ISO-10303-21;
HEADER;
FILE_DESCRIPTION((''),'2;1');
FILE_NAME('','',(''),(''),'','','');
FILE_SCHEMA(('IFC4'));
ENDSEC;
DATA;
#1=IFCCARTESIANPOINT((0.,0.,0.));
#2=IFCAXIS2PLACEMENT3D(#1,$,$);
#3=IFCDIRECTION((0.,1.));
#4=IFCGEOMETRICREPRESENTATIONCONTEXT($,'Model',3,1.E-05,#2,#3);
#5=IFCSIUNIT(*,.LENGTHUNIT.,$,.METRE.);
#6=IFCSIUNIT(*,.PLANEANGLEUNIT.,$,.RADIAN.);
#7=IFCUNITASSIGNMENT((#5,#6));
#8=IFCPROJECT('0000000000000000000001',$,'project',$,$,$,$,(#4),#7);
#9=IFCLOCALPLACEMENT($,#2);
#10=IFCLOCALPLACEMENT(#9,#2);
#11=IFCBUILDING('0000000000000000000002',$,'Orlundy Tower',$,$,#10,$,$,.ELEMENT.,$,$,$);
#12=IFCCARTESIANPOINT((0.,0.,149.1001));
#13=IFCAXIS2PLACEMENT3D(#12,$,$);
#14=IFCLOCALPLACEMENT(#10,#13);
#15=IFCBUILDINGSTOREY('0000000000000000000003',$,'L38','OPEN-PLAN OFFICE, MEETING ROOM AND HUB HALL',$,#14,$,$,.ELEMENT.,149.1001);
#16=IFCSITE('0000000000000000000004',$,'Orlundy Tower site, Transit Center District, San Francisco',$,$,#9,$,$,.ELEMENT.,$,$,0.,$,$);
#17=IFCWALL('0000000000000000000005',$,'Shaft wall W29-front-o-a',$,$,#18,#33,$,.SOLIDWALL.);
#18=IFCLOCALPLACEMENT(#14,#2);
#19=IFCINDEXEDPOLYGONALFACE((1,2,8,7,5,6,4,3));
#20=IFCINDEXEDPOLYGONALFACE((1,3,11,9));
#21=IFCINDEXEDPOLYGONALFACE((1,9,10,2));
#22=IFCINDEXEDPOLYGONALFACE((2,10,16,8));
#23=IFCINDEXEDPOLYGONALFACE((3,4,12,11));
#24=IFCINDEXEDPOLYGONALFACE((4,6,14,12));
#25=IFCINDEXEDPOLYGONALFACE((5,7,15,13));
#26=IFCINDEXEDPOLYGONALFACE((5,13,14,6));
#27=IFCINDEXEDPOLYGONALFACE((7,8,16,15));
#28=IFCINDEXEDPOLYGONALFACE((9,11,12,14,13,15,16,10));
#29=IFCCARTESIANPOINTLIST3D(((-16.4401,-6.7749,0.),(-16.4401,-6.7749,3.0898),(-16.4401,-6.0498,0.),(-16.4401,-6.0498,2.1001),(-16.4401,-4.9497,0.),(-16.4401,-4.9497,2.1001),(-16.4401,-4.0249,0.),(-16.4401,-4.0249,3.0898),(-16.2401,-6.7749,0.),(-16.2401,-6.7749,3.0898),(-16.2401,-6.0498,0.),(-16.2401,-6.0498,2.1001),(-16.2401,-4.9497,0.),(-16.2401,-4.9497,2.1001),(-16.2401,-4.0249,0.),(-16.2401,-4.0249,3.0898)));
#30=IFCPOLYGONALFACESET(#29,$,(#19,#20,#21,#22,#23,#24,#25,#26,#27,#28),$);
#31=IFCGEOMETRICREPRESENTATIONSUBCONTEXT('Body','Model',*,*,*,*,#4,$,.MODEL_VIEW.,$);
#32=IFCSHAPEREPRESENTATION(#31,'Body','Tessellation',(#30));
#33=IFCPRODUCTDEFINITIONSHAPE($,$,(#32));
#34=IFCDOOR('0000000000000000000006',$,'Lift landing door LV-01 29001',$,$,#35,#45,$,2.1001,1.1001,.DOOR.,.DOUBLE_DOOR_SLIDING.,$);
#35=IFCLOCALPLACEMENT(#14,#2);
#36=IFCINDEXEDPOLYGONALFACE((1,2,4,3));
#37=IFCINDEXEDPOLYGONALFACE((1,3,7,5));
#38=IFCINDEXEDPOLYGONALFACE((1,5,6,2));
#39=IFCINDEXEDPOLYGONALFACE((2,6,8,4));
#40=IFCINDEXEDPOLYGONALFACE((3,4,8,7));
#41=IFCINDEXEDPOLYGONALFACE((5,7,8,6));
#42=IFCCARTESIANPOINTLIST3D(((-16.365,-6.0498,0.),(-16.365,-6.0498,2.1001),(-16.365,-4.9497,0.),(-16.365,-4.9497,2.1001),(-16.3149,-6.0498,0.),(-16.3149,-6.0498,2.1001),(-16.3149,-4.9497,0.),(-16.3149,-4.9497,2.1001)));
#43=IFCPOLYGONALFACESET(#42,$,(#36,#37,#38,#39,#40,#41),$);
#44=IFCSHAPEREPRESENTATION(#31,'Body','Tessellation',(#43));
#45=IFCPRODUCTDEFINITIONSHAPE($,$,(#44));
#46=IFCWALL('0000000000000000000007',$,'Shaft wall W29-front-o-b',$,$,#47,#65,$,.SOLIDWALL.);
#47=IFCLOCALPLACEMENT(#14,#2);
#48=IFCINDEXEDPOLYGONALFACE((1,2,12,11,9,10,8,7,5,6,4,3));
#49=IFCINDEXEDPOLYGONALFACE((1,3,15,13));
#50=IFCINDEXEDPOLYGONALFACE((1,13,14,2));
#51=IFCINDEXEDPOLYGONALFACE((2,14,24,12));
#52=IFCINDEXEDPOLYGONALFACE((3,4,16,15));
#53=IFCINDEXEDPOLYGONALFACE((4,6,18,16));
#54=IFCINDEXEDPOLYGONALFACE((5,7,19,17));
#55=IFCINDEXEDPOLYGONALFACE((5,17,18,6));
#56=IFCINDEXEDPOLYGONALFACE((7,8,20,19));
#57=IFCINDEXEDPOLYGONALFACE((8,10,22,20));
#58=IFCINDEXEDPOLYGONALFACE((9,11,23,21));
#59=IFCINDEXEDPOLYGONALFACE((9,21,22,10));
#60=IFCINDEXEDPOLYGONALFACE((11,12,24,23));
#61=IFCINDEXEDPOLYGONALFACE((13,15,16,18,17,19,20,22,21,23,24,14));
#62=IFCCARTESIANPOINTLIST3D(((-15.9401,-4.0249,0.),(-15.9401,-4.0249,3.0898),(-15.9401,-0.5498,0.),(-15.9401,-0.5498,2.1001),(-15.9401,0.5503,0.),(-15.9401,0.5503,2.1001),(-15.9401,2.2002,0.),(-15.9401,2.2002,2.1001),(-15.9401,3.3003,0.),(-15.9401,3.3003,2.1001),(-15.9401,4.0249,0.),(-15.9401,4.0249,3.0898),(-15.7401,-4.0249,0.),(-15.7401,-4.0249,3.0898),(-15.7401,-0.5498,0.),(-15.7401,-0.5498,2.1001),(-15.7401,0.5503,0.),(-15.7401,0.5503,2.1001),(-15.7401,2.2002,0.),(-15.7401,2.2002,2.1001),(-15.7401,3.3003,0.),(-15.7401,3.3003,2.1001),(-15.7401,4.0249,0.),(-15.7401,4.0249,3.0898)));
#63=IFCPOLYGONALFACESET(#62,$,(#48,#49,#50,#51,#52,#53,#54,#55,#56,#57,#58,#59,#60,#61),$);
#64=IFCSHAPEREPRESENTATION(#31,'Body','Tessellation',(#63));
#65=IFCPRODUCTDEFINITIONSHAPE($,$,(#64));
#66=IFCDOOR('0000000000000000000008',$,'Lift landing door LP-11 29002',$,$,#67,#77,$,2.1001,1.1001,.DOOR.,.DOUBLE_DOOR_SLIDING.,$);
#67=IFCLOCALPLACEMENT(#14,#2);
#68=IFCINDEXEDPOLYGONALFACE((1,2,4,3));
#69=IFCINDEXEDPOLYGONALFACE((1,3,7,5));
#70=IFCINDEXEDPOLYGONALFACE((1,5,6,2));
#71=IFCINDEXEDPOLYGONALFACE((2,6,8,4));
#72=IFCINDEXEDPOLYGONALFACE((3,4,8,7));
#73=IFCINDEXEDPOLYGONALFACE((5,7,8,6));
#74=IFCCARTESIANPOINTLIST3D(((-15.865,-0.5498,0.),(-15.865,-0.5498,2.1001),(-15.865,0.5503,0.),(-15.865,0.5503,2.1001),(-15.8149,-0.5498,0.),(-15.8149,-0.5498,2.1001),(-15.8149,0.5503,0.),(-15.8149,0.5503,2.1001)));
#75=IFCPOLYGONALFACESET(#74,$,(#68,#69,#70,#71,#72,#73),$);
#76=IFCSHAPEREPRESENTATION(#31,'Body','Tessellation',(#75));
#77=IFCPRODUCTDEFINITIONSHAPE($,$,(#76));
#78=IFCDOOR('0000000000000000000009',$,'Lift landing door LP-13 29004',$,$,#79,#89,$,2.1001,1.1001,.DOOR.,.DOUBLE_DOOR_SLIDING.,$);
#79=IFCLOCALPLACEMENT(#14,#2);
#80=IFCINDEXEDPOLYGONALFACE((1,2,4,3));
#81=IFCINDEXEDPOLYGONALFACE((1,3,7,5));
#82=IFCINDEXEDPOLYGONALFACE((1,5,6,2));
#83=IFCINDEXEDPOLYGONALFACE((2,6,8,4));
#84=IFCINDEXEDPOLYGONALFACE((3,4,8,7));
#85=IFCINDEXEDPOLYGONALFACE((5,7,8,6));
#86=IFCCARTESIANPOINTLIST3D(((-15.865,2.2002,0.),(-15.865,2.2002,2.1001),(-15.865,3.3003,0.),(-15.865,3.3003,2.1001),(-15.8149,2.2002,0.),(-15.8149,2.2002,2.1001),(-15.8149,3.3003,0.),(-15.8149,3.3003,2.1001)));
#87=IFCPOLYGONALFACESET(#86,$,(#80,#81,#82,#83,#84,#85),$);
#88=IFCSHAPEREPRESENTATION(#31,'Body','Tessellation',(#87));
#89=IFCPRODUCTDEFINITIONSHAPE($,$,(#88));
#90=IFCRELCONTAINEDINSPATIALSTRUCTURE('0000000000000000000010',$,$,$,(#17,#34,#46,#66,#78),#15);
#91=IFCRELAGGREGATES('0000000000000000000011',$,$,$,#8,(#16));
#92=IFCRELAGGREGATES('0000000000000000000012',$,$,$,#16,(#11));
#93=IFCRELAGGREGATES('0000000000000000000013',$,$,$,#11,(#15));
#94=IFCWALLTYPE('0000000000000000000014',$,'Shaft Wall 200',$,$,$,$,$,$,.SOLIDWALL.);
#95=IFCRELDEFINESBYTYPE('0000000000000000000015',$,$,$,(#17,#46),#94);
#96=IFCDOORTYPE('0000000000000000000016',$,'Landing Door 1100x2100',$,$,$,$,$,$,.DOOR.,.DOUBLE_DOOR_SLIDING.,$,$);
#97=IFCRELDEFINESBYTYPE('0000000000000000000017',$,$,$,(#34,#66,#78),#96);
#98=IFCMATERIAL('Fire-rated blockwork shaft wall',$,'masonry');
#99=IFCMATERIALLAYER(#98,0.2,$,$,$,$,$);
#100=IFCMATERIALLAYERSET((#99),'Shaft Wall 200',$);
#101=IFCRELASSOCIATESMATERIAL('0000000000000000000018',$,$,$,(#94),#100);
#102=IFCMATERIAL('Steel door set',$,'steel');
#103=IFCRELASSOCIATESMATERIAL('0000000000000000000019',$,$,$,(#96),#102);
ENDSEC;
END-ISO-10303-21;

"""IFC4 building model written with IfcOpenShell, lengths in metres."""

from ifc_helpers import new_model, si_unit, direction, frame, frame_2d, origin, place, context, subcontext, project, spatial, rectangle, extrude, material, layer, layer_set, type_object, element, fill, save


model = new_model("IFC4")

# Units and contexts
model_context = context("Model", 3, precision=1e-05, world=origin(), true_north=direction((0.0, 1.0)))
body_context = subcontext(model_context, "Body", "Model", "MODEL_VIEW")
ifc_project = project(units=[si_unit("LENGTHUNIT", "METRE"), si_unit("PLANEANGLEUNIT", "RADIAN")], contexts=[model_context])

# Site, building, storey
site_placement = place(None, origin())
site = spatial("IfcSite", under=ifc_project, at=site_placement, Name="Orlundy Tower site, Transit Center District, San Francisco", CompositionType="ELEMENT", RefElevation=0.0)
building_placement = place(site_placement, origin())
building = spatial("IfcBuilding", under=site, at=building_placement, Name="Orlundy Tower", CompositionType="ELEMENT")
storey_placement = place(building_placement, frame((0.0, 0.0, 149.1001)))
storey = spatial("IfcBuildingStorey", under=building, at=storey_placement, Name="L38", Description="OPEN-PLAN OFFICE, MEETING ROOM AND HUB HALL", CompositionType="ELEMENT", Elevation=149.1001)

# Wall, opening, door
ifc_material_1 = material(Name="Fire-rated blockwork shaft wall", Category="masonry")
ifc_layer_1 = layer(ifc_material_1, 0.2)
ifc_layer_set_1 = layer_set([ifc_layer_1], Name="Shaft Wall 200")
wall_type = type_object("IfcWallType", Name="Shaft Wall 200", PredefinedType="SOLIDWALL", material=ifc_layer_set_1)
wall_1_placement = place(storey_placement, frame((-16.3401, -6.7749, 0.0), z_axis=(0.0, 0.0, 1.0), x_axis=(0.0, 1.0, 0.0)))
wall_1 = element("IfcWall", 1, at=wall_1_placement, inside=storey, type_object=wall_type, Name="Shaft wall W29-front-o-a", PredefinedType="SOLIDWALL", context=body_context, shape_type="SweptSolid", body=[
    extrude(rectangle(XDim=2.75, YDim=0.2, at=frame_2d((1.375, 0.0))), origin(), (0.0, 0.0, 1.0), 3.0898),
])
opening_1_placement = place(wall_1_placement, frame((0.7251, 0.0, 0.0)))
opening_1 = element("IfcOpeningElement", 2, at=opening_1_placement, cuts=wall_1, PredefinedType="OPENING", context=body_context, shape_type="SweptSolid", body=[
    extrude(rectangle(XDim=1.1001, YDim=2.1001, at=frame_2d((0.55, 1.05))), frame((0.0, 0.1101, 0.0), z_axis=(0.0, -1.0, 0.0), x_axis=(1.0, 0.0, 0.0)), (0.0, 0.0, 1.0), 0.2202),
])
ifc_material_2 = material(Name="Steel door set", Category="steel")
door_type = type_object("IfcDoorType", Name="Landing Door 1100x2100", OperationType="DOUBLE_DOOR_SLIDING", PredefinedType="DOOR", material=ifc_material_2)
door_1_placement = place(opening_1_placement, origin())
door_1 = element("IfcDoor", 3, at=door_1_placement, inside=storey, type_object=door_type, Name="Lift landing door LV-01 29001", OperationType="DOUBLE_DOOR_SLIDING", OverallHeight=2.1001, OverallWidth=1.1001, PredefinedType="DOOR", context=body_context, shape_type="SweptSolid", body=[
    extrude(rectangle(XDim=1.1001, YDim=2.1001, at=frame_2d((0.55, 1.05))), frame((0.0, 0.0249, 0.0), z_axis=(0.0, -1.0, 0.0), x_axis=(1.0, 0.0, 0.0)), (0.0, 0.0, 1.0), 0.05),
])
fill(opening_1, door_1)

# Wall, openings, doors
wall_2_placement = place(storey_placement, frame((-15.8401, -4.0249, 0.0), z_axis=(0.0, 0.0, 1.0), x_axis=(0.0, 1.0, 0.0)))
wall_2 = element("IfcWall", 4, at=wall_2_placement, inside=storey, type_object=wall_type, Name="Shaft wall W29-front-o-b", PredefinedType="SOLIDWALL", context=body_context, shape_type="SweptSolid", body=[
    extrude(rectangle(XDim=8.0498, YDim=0.2, at=frame_2d((4.0249, 0.0))), origin(), (0.0, 0.0, 1.0), 3.0898),
])
opening_2_placement = place(wall_2_placement, frame((3.4751, 0.0, 0.0)))
opening_2 = element("IfcOpeningElement", 5, at=opening_2_placement, cuts=wall_2, PredefinedType="OPENING", context=body_context, shape_type="SweptSolid", body=[
    extrude(rectangle(XDim=1.1001, YDim=2.1001, at=frame_2d((0.55, 1.05))), frame((0.0, 0.1101, 0.0), z_axis=(0.0, -1.0, 0.0), x_axis=(1.0, 0.0, 0.0)), (0.0, 0.0, 1.0), 0.2202),
])
opening_3_placement = place(wall_2_placement, frame((6.2251, 0.0, 0.0)))
opening_3 = element("IfcOpeningElement", 6, at=opening_3_placement, cuts=wall_2, PredefinedType="OPENING", context=body_context, shape_type="SweptSolid", body=[
    extrude(rectangle(XDim=1.1001, YDim=2.1001, at=frame_2d((0.55, 1.05))), frame((0.0, 0.1101, 0.0), z_axis=(0.0, -1.0, 0.0), x_axis=(1.0, 0.0, 0.0)), (0.0, 0.0, 1.0), 0.2202),
])
door_2_placement = place(opening_2_placement, origin())
door_2 = element("IfcDoor", 7, at=door_2_placement, inside=storey, type_object=door_type, Name="Lift landing door LP-11 29002", OperationType="DOUBLE_DOOR_SLIDING", OverallHeight=2.1001, OverallWidth=1.1001, PredefinedType="DOOR", context=body_context, shape_type="SweptSolid", body=[
    extrude(rectangle(XDim=1.1001, YDim=2.1001, at=frame_2d((0.55, 1.05))), frame((0.0, 0.0249, 0.0), z_axis=(0.0, -1.0, 0.0), x_axis=(1.0, 0.0, 0.0)), (0.0, 0.0, 1.0), 0.05),
])
fill(opening_2, door_2)
door_3_placement = place(opening_3_placement, origin())
door_3 = element("IfcDoor", 8, at=door_3_placement, inside=storey, type_object=door_type, Name="Lift landing door LP-13 29004", OperationType="DOUBLE_DOOR_SLIDING", OverallHeight=2.1001, OverallWidth=1.1001, PredefinedType="DOOR", context=body_context, shape_type="SweptSolid", body=[
    extrude(rectangle(XDim=1.1001, YDim=2.1001, at=frame_2d((0.55, 1.05))), frame((0.0, 0.0249, 0.0), z_axis=(0.0, -1.0, 0.0), x_axis=(1.0, 0.0, 0.0)), (0.0, 0.0, 1.0), 0.05),
])
fill(opening_3, door_3)

save(model, "model.ifc")
